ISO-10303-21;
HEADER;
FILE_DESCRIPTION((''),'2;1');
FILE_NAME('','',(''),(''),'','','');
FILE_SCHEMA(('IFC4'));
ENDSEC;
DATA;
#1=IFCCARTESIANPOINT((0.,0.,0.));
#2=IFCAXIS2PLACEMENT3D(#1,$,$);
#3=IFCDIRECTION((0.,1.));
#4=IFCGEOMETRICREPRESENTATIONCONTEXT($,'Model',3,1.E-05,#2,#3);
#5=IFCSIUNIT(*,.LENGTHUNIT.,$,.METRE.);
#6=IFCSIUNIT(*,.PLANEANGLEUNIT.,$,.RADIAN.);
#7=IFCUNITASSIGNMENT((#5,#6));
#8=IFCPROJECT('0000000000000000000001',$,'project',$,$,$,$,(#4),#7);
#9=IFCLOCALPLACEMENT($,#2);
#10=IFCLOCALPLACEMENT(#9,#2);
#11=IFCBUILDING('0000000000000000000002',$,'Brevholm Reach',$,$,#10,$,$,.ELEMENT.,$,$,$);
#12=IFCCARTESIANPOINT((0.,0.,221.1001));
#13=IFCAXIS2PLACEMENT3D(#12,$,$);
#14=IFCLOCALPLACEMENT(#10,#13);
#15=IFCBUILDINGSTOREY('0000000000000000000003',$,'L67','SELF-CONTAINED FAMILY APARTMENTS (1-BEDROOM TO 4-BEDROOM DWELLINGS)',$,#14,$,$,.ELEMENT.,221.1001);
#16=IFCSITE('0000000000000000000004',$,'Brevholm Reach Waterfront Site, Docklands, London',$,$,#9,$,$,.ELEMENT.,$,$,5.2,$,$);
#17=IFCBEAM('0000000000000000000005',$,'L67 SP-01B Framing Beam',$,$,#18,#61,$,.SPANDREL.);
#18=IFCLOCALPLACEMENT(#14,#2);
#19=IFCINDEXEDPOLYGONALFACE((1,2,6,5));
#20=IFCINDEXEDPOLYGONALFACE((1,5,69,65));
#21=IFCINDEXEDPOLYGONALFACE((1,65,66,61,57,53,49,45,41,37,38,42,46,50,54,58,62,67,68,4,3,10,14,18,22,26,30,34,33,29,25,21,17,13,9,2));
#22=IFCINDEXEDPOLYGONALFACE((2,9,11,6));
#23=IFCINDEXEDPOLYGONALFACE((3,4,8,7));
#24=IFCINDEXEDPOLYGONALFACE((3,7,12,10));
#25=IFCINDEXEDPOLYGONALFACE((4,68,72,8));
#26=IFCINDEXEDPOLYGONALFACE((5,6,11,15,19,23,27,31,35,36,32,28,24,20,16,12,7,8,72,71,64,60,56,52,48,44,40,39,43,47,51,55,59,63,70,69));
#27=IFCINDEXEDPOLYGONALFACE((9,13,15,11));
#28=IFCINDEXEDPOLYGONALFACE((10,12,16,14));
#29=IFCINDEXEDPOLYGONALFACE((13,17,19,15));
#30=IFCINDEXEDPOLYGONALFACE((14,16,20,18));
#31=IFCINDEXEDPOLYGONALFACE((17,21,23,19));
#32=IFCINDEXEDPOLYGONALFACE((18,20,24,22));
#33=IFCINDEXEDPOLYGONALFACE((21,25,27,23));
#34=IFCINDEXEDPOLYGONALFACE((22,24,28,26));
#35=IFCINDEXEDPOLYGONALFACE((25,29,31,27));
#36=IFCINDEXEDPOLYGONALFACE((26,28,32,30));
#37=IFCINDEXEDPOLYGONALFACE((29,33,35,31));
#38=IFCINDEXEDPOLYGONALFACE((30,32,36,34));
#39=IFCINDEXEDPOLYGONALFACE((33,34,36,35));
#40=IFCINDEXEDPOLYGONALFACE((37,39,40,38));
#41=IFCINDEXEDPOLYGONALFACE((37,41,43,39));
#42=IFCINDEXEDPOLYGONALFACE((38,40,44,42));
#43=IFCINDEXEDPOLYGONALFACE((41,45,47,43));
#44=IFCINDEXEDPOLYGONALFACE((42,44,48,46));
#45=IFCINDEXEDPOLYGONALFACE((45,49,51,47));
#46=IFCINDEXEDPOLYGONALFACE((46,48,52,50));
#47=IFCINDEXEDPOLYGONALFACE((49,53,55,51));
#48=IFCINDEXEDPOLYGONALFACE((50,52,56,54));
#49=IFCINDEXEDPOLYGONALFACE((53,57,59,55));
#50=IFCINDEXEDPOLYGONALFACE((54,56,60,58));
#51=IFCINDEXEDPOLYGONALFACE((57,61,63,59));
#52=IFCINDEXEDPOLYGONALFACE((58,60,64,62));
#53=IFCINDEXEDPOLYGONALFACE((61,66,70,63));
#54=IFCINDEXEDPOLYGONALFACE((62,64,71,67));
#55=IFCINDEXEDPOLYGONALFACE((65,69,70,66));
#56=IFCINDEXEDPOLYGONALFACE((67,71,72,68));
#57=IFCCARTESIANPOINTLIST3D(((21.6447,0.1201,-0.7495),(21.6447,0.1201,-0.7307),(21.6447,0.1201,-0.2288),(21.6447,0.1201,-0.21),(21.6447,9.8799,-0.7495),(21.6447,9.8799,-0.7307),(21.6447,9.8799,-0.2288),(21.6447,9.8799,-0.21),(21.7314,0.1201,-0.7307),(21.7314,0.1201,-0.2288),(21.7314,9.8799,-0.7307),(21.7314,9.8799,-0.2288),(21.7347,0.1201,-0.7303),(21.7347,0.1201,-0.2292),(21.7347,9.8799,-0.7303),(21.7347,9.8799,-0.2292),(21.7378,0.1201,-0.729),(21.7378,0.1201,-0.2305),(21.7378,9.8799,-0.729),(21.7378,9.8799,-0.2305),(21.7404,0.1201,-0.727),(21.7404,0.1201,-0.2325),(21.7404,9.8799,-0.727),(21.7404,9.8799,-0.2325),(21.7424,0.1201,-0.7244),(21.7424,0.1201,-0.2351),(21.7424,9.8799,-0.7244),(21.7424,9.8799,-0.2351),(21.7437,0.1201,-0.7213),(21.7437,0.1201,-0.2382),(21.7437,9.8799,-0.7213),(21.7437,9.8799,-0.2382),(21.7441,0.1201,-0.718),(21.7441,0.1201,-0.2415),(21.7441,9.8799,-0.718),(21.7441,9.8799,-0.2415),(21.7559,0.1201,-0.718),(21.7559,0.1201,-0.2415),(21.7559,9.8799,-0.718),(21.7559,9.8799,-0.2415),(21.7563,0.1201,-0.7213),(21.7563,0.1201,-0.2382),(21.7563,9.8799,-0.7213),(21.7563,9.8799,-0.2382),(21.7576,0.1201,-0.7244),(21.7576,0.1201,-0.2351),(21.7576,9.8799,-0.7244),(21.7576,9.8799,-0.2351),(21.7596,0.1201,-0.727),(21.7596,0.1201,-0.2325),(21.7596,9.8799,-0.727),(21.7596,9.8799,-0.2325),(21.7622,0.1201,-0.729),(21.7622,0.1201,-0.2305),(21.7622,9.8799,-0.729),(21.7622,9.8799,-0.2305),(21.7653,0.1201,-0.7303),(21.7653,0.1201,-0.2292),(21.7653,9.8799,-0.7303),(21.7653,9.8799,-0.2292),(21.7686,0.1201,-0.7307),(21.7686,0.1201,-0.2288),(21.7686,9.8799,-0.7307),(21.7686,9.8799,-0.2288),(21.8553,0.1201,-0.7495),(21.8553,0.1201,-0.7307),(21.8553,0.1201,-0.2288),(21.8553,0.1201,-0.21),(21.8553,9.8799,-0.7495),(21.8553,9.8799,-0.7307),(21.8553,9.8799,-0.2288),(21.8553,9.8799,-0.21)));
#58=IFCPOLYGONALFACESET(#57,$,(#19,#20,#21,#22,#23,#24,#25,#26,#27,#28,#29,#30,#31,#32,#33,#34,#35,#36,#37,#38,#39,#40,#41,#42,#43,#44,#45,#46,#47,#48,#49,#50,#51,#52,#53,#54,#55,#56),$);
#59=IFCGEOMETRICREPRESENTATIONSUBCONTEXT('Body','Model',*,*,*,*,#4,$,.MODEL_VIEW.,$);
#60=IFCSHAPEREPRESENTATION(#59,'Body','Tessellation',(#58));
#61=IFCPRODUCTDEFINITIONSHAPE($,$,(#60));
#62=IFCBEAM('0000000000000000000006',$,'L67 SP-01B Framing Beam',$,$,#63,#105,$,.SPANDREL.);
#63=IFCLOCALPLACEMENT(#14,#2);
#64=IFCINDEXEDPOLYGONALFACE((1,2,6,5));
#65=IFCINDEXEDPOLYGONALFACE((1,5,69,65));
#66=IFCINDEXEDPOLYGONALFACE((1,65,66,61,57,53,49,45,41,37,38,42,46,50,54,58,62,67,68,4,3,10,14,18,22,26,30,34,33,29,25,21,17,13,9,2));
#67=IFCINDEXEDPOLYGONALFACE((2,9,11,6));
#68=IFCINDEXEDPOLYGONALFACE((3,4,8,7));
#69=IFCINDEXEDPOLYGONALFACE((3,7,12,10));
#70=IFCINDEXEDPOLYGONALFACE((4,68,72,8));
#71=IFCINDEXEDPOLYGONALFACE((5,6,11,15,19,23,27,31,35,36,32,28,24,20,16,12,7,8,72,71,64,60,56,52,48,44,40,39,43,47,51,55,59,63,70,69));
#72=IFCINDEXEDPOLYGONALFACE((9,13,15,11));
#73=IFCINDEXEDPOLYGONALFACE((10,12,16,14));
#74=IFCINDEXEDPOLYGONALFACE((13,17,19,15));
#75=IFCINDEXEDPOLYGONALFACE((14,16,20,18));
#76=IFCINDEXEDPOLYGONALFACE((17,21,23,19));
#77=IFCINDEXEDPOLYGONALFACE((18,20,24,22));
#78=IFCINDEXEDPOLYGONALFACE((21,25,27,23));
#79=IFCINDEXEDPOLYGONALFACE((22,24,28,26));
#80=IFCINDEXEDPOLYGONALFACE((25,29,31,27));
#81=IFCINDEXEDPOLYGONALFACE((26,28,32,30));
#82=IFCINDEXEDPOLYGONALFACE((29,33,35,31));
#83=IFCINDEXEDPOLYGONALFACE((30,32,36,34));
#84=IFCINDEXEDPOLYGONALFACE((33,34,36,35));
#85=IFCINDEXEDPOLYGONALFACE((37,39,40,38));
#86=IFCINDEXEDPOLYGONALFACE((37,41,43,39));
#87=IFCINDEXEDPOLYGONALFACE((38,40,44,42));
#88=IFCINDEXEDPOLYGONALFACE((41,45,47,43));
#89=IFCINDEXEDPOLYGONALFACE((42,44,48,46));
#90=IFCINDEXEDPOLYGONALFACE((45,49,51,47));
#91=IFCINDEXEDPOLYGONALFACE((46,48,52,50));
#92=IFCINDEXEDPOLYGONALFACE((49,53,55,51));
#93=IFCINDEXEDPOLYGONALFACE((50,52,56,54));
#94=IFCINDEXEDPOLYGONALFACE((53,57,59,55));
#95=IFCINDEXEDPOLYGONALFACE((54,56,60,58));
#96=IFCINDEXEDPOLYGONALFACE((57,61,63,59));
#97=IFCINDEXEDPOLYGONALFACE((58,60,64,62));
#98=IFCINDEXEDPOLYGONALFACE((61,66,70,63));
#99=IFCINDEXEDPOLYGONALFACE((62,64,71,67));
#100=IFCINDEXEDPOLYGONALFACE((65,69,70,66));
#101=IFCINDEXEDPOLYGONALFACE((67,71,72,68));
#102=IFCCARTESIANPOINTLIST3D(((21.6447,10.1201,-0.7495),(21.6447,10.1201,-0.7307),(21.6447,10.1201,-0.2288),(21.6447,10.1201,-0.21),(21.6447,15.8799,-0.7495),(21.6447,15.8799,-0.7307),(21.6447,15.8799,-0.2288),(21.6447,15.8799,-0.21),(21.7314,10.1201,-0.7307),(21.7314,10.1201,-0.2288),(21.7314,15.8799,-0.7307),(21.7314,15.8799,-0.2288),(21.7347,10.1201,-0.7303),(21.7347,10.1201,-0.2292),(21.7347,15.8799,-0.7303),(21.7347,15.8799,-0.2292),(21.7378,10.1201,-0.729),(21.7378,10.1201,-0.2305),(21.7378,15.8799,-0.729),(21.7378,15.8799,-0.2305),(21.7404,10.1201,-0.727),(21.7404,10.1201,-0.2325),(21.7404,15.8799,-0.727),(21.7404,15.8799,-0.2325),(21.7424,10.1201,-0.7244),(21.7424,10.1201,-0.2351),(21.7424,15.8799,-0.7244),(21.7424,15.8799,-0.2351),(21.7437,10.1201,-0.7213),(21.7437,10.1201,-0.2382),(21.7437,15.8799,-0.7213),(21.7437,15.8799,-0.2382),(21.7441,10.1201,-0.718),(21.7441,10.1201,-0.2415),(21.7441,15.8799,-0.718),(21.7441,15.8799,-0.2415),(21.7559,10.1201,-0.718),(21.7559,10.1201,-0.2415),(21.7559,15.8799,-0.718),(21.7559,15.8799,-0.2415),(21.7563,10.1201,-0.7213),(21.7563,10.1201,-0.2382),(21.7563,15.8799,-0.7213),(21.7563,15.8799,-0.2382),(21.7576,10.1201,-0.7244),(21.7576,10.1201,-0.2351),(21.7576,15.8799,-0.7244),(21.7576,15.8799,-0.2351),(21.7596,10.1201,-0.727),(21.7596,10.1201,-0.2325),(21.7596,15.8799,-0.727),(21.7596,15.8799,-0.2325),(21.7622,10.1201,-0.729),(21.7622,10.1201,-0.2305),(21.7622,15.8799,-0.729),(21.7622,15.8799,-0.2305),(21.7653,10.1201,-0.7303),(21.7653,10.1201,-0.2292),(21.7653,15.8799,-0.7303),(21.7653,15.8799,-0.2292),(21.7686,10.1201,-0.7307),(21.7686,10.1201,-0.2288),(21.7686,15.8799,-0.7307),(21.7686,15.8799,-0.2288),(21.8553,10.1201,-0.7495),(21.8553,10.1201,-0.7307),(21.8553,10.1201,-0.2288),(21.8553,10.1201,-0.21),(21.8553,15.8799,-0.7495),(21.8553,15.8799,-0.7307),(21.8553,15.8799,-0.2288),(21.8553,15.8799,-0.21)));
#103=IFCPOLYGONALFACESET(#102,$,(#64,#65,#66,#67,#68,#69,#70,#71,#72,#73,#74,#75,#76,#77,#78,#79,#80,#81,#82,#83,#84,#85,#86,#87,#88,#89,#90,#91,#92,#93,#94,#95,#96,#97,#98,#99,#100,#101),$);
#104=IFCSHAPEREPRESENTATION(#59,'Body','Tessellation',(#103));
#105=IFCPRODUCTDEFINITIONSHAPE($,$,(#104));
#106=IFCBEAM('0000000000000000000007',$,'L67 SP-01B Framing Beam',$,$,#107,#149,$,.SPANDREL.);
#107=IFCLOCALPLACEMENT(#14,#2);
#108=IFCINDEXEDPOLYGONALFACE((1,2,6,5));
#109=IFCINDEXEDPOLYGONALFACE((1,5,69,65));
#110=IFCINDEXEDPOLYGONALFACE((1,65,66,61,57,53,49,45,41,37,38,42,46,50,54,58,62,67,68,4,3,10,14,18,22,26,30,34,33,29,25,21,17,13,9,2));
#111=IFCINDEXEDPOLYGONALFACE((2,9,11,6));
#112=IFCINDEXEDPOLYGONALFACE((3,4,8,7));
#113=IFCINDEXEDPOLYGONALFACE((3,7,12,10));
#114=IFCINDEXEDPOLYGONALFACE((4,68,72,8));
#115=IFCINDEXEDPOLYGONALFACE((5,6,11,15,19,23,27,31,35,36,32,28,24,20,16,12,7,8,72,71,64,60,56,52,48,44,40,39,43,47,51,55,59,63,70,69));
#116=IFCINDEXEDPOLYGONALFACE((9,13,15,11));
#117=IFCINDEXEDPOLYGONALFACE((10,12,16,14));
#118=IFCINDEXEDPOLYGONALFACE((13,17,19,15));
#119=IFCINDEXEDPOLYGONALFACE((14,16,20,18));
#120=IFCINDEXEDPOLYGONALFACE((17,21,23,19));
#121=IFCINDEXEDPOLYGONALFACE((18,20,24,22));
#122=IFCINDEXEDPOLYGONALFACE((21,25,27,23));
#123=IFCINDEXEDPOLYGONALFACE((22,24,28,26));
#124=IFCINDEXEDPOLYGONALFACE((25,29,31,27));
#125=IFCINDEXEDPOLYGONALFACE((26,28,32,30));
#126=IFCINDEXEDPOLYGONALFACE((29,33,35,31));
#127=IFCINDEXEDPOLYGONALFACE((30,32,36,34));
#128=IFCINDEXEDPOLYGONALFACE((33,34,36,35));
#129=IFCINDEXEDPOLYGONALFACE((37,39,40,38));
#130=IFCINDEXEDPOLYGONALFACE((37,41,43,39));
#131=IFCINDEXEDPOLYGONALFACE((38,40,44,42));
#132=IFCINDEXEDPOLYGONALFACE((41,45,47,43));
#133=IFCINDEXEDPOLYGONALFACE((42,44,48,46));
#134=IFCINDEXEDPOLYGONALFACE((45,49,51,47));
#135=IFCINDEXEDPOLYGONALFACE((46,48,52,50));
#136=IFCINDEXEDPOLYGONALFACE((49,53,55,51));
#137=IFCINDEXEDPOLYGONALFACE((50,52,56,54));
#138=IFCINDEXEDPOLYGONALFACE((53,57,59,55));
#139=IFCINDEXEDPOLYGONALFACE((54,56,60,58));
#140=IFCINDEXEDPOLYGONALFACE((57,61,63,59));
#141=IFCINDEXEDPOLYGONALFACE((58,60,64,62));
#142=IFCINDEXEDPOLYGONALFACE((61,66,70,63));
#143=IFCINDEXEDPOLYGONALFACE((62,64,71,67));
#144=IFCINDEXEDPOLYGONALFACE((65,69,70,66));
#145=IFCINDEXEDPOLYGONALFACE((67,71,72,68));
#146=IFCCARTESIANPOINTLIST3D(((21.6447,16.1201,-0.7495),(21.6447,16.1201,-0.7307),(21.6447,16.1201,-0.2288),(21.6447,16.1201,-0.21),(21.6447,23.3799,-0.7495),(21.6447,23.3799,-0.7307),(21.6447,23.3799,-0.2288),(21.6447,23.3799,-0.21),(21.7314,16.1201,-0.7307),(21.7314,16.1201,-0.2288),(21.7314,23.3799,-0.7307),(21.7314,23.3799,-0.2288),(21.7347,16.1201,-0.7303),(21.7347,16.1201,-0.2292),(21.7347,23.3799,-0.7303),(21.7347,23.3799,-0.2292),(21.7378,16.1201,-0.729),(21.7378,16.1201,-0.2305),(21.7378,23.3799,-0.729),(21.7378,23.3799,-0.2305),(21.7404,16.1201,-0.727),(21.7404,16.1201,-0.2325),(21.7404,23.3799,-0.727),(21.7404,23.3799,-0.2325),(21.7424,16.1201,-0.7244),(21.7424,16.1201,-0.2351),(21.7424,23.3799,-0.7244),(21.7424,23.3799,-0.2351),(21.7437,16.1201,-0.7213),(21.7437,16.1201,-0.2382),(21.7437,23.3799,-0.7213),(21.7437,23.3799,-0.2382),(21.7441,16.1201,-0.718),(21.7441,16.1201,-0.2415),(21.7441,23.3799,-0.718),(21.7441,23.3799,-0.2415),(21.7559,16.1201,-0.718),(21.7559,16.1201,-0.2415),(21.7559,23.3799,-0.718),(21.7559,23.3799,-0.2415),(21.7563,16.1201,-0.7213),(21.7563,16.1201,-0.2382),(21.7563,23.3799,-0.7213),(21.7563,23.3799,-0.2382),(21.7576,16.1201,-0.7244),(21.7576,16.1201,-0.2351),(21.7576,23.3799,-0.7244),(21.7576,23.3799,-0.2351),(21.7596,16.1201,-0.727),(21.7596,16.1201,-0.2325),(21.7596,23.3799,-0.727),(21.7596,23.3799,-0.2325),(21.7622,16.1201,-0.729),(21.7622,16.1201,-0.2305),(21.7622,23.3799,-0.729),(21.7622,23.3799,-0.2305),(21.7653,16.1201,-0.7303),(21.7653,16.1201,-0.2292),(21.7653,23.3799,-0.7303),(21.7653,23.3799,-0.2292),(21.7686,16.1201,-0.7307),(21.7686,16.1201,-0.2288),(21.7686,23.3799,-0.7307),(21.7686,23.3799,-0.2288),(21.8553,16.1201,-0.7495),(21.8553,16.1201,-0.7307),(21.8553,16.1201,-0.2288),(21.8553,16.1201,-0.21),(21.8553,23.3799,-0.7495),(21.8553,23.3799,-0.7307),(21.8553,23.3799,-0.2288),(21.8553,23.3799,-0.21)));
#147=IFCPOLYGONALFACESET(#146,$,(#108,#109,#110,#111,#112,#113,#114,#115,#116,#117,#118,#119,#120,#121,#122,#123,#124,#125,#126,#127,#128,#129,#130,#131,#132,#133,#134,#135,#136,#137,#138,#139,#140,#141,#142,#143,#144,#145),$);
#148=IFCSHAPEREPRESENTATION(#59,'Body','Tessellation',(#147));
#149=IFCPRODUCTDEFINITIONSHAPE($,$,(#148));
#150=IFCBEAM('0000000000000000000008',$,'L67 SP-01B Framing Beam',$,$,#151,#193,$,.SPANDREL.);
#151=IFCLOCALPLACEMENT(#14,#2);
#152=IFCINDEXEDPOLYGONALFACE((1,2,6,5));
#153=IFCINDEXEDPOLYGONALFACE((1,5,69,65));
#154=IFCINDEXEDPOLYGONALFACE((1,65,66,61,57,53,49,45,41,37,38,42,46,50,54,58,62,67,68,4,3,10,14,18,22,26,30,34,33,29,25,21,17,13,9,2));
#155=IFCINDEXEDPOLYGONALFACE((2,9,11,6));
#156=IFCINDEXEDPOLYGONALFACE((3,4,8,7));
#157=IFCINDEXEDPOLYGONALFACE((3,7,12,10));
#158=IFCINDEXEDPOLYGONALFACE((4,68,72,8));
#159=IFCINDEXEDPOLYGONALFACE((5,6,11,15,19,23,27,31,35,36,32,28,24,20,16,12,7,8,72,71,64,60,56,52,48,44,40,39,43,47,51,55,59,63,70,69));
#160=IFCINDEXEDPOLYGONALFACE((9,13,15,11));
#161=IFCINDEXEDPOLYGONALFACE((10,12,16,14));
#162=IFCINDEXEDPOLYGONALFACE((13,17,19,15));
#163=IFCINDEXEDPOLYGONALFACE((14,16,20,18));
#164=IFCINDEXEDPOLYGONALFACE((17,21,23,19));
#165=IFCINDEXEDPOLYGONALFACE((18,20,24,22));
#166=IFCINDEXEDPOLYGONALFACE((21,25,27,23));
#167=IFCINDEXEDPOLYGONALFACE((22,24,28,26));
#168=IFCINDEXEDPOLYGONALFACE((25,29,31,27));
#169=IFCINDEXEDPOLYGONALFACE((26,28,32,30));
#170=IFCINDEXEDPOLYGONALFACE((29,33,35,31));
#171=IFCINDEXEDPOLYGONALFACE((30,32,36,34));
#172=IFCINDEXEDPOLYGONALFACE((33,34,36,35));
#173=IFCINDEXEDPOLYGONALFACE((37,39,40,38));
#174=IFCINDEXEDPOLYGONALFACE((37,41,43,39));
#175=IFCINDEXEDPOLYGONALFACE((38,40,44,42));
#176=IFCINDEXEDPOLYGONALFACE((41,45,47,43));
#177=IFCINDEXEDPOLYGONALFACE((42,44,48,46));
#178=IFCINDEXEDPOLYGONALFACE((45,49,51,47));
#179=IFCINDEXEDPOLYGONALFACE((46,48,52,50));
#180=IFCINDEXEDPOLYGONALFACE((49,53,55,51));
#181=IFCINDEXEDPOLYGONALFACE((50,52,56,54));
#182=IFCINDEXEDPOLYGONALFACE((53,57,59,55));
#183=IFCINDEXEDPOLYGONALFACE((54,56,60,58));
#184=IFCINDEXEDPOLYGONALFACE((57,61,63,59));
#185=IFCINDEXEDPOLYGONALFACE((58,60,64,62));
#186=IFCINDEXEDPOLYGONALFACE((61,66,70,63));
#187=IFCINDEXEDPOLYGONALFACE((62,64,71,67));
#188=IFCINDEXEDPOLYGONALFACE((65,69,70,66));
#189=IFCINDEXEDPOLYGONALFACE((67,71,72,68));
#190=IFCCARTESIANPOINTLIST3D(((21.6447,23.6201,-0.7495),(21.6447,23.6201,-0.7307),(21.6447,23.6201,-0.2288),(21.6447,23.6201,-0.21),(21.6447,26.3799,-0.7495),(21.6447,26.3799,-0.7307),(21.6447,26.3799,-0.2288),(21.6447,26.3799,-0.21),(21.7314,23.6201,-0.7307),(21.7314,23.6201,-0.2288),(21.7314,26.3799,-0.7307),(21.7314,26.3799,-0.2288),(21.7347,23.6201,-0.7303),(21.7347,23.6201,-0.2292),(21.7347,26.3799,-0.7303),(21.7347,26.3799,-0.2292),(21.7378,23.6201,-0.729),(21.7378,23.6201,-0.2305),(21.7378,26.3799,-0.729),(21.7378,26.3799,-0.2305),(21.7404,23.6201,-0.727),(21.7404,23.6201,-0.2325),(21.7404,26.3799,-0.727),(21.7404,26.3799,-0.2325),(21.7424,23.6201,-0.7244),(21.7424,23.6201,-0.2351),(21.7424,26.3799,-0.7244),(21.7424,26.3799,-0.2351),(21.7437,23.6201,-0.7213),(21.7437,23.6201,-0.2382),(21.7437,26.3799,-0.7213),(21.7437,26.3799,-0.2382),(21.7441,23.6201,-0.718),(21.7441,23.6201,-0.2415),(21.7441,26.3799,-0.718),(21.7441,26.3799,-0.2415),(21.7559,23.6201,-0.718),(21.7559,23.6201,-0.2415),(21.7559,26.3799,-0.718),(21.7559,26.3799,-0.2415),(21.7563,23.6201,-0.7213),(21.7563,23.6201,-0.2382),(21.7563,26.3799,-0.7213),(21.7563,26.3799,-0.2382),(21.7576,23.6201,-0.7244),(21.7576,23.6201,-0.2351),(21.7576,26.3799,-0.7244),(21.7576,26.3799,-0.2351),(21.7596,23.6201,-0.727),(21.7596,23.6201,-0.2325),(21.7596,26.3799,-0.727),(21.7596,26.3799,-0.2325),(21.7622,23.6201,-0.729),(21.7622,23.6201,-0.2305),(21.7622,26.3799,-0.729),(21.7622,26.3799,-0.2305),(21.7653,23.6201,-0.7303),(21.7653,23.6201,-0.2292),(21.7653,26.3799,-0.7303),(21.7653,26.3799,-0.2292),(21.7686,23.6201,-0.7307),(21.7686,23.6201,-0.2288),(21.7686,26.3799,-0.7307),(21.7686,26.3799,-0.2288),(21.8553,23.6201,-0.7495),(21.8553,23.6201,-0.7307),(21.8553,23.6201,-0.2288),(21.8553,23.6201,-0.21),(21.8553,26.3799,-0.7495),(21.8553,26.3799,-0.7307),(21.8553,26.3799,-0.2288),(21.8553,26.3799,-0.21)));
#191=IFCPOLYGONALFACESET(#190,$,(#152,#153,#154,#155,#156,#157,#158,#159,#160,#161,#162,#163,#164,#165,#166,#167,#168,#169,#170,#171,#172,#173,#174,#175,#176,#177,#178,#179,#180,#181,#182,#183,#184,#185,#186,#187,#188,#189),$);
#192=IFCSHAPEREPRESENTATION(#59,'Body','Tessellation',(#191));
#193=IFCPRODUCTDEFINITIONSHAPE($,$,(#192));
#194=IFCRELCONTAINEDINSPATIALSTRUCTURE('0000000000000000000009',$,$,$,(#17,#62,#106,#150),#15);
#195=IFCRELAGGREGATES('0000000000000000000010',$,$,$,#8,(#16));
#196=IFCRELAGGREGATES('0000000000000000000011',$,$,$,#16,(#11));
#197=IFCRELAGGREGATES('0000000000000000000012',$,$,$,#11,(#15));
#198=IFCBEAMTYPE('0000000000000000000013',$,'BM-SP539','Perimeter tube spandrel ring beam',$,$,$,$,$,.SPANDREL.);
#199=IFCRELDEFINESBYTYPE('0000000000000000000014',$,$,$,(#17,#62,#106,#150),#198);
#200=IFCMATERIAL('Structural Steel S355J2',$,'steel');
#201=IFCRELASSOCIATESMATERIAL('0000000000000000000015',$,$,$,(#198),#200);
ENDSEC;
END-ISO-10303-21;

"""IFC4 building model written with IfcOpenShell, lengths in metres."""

from ifc_helpers import new_model, si_unit, direction, frame, origin, origin_2d, place, context, subcontext, project, spatial, i_section, extrude, material, material_profile, profile_set, type_object, element, save


model = new_model("IFC4")

# Units and contexts
model_context = context("Model", 3, precision=1e-05, world=origin(), true_north=direction((0.0, 1.0)))
body_context = subcontext(model_context, "Body", "Model", "MODEL_VIEW")
ifc_project = project(units=[si_unit("LENGTHUNIT", "METRE"), si_unit("PLANEANGLEUNIT", "RADIAN")], contexts=[model_context])

# Site, building, storey
site_placement = place(None, origin())
site = spatial("IfcSite", under=ifc_project, at=site_placement, Name="Brevholm Reach Waterfront Site, Docklands, London", CompositionType="ELEMENT", RefElevation=5.2)
building_placement = place(site_placement, origin())
building = spatial("IfcBuilding", under=site, at=building_placement, Name="Brevholm Reach", CompositionType="ELEMENT")
storey_placement = place(building_placement, frame((0.0, 0.0, 221.1001)))
storey = spatial("IfcBuildingStorey", under=building, at=storey_placement, Name="L67", Description="SELF-CONTAINED FAMILY APARTMENTS (1-BEDROOM TO 4-BEDROOM DWELLINGS)", CompositionType="ELEMENT", Elevation=221.1001)

# Beams
ifc_material_1 = material(Name="Structural Steel S355J2", Category="steel")
ifc_material_profile_1 = material_profile(ifc_material_1, i_section(OverallWidth=0.2107, OverallDepth=0.5396, WebThickness=0.0117, FlangeThickness=0.0188, FilletRadius=0.0127, at=origin_2d()), Name="UKB 533x210x109")
ifc_profile_set_1 = profile_set([ifc_material_profile_1], Name="Structural Steel S355J2")
beam_type_1 = type_object("IfcBeamType", Name="BM-SP539", Description="Perimeter tube spandrel ring beam", PredefinedType="SPANDREL", material=ifc_profile_set_1)
beam_1_placement = place(storey_placement, frame((21.75, 0.1201, -0.4797), z_axis=(0.0, 1.0, 0.0), x_axis=(-1.0, 0.0, 0.0)))
element("IfcBeam", 1, at=beam_1_placement, inside=storey, type_object=beam_type_1, Name="L67 SP-01B Framing Beam", PredefinedType="SPANDREL", context=body_context, shape_type="SweptSolid", body=[
    extrude(i_section(OverallWidth=0.2107, OverallDepth=0.5396, WebThickness=0.0117, FlangeThickness=0.0188, FilletRadius=0.0127, at=origin_2d()), origin(), (0.0, 0.0, 1.0), 9.7598),
])
beam_2_placement = place(storey_placement, frame((21.75, 10.1201, -0.4797), z_axis=(0.0, 1.0, 0.0), x_axis=(-1.0, 0.0, 0.0)))
element("IfcBeam", 2, at=beam_2_placement, inside=storey, type_object=beam_type_1, Name="L67 SP-01B Framing Beam", PredefinedType="SPANDREL", context=body_context, shape_type="SweptSolid", body=[
    extrude(i_section(OverallWidth=0.2107, OverallDepth=0.5396, WebThickness=0.0117, FlangeThickness=0.0188, FilletRadius=0.0127, at=origin_2d()), origin(), (0.0, 0.0, 1.0), 5.7598),
])
beam_3_placement = place(storey_placement, frame((21.75, 16.1201, -0.4797), z_axis=(0.0, 1.0, 0.0), x_axis=(-1.0, 0.0, 0.0)))
element("IfcBeam", 3, at=beam_3_placement, inside=storey, type_object=beam_type_1, Name="L67 SP-01B Framing Beam", PredefinedType="SPANDREL", context=body_context, shape_type="SweptSolid", body=[
    extrude(i_section(OverallWidth=0.2107, OverallDepth=0.5396, WebThickness=0.0117, FlangeThickness=0.0188, FilletRadius=0.0127, at=origin_2d()), origin(), (0.0, 0.0, 1.0), 7.2598),
])
beam_4_placement = place(storey_placement, frame((21.75, 23.6201, -0.4797), z_axis=(0.0, 1.0, 0.0), x_axis=(-1.0, 0.0, 0.0)))
element("IfcBeam", 4, at=beam_4_placement, inside=storey, type_object=beam_type_1, Name="L67 SP-01B Framing Beam", PredefinedType="SPANDREL", context=body_context, shape_type="SweptSolid", body=[
    extrude(i_section(OverallWidth=0.2107, OverallDepth=0.5396, WebThickness=0.0117, FlangeThickness=0.0188, FilletRadius=0.0127, at=origin_2d()), origin(), (0.0, 0.0, 1.0), 2.7598),
])

save(model, "model.ifc")
